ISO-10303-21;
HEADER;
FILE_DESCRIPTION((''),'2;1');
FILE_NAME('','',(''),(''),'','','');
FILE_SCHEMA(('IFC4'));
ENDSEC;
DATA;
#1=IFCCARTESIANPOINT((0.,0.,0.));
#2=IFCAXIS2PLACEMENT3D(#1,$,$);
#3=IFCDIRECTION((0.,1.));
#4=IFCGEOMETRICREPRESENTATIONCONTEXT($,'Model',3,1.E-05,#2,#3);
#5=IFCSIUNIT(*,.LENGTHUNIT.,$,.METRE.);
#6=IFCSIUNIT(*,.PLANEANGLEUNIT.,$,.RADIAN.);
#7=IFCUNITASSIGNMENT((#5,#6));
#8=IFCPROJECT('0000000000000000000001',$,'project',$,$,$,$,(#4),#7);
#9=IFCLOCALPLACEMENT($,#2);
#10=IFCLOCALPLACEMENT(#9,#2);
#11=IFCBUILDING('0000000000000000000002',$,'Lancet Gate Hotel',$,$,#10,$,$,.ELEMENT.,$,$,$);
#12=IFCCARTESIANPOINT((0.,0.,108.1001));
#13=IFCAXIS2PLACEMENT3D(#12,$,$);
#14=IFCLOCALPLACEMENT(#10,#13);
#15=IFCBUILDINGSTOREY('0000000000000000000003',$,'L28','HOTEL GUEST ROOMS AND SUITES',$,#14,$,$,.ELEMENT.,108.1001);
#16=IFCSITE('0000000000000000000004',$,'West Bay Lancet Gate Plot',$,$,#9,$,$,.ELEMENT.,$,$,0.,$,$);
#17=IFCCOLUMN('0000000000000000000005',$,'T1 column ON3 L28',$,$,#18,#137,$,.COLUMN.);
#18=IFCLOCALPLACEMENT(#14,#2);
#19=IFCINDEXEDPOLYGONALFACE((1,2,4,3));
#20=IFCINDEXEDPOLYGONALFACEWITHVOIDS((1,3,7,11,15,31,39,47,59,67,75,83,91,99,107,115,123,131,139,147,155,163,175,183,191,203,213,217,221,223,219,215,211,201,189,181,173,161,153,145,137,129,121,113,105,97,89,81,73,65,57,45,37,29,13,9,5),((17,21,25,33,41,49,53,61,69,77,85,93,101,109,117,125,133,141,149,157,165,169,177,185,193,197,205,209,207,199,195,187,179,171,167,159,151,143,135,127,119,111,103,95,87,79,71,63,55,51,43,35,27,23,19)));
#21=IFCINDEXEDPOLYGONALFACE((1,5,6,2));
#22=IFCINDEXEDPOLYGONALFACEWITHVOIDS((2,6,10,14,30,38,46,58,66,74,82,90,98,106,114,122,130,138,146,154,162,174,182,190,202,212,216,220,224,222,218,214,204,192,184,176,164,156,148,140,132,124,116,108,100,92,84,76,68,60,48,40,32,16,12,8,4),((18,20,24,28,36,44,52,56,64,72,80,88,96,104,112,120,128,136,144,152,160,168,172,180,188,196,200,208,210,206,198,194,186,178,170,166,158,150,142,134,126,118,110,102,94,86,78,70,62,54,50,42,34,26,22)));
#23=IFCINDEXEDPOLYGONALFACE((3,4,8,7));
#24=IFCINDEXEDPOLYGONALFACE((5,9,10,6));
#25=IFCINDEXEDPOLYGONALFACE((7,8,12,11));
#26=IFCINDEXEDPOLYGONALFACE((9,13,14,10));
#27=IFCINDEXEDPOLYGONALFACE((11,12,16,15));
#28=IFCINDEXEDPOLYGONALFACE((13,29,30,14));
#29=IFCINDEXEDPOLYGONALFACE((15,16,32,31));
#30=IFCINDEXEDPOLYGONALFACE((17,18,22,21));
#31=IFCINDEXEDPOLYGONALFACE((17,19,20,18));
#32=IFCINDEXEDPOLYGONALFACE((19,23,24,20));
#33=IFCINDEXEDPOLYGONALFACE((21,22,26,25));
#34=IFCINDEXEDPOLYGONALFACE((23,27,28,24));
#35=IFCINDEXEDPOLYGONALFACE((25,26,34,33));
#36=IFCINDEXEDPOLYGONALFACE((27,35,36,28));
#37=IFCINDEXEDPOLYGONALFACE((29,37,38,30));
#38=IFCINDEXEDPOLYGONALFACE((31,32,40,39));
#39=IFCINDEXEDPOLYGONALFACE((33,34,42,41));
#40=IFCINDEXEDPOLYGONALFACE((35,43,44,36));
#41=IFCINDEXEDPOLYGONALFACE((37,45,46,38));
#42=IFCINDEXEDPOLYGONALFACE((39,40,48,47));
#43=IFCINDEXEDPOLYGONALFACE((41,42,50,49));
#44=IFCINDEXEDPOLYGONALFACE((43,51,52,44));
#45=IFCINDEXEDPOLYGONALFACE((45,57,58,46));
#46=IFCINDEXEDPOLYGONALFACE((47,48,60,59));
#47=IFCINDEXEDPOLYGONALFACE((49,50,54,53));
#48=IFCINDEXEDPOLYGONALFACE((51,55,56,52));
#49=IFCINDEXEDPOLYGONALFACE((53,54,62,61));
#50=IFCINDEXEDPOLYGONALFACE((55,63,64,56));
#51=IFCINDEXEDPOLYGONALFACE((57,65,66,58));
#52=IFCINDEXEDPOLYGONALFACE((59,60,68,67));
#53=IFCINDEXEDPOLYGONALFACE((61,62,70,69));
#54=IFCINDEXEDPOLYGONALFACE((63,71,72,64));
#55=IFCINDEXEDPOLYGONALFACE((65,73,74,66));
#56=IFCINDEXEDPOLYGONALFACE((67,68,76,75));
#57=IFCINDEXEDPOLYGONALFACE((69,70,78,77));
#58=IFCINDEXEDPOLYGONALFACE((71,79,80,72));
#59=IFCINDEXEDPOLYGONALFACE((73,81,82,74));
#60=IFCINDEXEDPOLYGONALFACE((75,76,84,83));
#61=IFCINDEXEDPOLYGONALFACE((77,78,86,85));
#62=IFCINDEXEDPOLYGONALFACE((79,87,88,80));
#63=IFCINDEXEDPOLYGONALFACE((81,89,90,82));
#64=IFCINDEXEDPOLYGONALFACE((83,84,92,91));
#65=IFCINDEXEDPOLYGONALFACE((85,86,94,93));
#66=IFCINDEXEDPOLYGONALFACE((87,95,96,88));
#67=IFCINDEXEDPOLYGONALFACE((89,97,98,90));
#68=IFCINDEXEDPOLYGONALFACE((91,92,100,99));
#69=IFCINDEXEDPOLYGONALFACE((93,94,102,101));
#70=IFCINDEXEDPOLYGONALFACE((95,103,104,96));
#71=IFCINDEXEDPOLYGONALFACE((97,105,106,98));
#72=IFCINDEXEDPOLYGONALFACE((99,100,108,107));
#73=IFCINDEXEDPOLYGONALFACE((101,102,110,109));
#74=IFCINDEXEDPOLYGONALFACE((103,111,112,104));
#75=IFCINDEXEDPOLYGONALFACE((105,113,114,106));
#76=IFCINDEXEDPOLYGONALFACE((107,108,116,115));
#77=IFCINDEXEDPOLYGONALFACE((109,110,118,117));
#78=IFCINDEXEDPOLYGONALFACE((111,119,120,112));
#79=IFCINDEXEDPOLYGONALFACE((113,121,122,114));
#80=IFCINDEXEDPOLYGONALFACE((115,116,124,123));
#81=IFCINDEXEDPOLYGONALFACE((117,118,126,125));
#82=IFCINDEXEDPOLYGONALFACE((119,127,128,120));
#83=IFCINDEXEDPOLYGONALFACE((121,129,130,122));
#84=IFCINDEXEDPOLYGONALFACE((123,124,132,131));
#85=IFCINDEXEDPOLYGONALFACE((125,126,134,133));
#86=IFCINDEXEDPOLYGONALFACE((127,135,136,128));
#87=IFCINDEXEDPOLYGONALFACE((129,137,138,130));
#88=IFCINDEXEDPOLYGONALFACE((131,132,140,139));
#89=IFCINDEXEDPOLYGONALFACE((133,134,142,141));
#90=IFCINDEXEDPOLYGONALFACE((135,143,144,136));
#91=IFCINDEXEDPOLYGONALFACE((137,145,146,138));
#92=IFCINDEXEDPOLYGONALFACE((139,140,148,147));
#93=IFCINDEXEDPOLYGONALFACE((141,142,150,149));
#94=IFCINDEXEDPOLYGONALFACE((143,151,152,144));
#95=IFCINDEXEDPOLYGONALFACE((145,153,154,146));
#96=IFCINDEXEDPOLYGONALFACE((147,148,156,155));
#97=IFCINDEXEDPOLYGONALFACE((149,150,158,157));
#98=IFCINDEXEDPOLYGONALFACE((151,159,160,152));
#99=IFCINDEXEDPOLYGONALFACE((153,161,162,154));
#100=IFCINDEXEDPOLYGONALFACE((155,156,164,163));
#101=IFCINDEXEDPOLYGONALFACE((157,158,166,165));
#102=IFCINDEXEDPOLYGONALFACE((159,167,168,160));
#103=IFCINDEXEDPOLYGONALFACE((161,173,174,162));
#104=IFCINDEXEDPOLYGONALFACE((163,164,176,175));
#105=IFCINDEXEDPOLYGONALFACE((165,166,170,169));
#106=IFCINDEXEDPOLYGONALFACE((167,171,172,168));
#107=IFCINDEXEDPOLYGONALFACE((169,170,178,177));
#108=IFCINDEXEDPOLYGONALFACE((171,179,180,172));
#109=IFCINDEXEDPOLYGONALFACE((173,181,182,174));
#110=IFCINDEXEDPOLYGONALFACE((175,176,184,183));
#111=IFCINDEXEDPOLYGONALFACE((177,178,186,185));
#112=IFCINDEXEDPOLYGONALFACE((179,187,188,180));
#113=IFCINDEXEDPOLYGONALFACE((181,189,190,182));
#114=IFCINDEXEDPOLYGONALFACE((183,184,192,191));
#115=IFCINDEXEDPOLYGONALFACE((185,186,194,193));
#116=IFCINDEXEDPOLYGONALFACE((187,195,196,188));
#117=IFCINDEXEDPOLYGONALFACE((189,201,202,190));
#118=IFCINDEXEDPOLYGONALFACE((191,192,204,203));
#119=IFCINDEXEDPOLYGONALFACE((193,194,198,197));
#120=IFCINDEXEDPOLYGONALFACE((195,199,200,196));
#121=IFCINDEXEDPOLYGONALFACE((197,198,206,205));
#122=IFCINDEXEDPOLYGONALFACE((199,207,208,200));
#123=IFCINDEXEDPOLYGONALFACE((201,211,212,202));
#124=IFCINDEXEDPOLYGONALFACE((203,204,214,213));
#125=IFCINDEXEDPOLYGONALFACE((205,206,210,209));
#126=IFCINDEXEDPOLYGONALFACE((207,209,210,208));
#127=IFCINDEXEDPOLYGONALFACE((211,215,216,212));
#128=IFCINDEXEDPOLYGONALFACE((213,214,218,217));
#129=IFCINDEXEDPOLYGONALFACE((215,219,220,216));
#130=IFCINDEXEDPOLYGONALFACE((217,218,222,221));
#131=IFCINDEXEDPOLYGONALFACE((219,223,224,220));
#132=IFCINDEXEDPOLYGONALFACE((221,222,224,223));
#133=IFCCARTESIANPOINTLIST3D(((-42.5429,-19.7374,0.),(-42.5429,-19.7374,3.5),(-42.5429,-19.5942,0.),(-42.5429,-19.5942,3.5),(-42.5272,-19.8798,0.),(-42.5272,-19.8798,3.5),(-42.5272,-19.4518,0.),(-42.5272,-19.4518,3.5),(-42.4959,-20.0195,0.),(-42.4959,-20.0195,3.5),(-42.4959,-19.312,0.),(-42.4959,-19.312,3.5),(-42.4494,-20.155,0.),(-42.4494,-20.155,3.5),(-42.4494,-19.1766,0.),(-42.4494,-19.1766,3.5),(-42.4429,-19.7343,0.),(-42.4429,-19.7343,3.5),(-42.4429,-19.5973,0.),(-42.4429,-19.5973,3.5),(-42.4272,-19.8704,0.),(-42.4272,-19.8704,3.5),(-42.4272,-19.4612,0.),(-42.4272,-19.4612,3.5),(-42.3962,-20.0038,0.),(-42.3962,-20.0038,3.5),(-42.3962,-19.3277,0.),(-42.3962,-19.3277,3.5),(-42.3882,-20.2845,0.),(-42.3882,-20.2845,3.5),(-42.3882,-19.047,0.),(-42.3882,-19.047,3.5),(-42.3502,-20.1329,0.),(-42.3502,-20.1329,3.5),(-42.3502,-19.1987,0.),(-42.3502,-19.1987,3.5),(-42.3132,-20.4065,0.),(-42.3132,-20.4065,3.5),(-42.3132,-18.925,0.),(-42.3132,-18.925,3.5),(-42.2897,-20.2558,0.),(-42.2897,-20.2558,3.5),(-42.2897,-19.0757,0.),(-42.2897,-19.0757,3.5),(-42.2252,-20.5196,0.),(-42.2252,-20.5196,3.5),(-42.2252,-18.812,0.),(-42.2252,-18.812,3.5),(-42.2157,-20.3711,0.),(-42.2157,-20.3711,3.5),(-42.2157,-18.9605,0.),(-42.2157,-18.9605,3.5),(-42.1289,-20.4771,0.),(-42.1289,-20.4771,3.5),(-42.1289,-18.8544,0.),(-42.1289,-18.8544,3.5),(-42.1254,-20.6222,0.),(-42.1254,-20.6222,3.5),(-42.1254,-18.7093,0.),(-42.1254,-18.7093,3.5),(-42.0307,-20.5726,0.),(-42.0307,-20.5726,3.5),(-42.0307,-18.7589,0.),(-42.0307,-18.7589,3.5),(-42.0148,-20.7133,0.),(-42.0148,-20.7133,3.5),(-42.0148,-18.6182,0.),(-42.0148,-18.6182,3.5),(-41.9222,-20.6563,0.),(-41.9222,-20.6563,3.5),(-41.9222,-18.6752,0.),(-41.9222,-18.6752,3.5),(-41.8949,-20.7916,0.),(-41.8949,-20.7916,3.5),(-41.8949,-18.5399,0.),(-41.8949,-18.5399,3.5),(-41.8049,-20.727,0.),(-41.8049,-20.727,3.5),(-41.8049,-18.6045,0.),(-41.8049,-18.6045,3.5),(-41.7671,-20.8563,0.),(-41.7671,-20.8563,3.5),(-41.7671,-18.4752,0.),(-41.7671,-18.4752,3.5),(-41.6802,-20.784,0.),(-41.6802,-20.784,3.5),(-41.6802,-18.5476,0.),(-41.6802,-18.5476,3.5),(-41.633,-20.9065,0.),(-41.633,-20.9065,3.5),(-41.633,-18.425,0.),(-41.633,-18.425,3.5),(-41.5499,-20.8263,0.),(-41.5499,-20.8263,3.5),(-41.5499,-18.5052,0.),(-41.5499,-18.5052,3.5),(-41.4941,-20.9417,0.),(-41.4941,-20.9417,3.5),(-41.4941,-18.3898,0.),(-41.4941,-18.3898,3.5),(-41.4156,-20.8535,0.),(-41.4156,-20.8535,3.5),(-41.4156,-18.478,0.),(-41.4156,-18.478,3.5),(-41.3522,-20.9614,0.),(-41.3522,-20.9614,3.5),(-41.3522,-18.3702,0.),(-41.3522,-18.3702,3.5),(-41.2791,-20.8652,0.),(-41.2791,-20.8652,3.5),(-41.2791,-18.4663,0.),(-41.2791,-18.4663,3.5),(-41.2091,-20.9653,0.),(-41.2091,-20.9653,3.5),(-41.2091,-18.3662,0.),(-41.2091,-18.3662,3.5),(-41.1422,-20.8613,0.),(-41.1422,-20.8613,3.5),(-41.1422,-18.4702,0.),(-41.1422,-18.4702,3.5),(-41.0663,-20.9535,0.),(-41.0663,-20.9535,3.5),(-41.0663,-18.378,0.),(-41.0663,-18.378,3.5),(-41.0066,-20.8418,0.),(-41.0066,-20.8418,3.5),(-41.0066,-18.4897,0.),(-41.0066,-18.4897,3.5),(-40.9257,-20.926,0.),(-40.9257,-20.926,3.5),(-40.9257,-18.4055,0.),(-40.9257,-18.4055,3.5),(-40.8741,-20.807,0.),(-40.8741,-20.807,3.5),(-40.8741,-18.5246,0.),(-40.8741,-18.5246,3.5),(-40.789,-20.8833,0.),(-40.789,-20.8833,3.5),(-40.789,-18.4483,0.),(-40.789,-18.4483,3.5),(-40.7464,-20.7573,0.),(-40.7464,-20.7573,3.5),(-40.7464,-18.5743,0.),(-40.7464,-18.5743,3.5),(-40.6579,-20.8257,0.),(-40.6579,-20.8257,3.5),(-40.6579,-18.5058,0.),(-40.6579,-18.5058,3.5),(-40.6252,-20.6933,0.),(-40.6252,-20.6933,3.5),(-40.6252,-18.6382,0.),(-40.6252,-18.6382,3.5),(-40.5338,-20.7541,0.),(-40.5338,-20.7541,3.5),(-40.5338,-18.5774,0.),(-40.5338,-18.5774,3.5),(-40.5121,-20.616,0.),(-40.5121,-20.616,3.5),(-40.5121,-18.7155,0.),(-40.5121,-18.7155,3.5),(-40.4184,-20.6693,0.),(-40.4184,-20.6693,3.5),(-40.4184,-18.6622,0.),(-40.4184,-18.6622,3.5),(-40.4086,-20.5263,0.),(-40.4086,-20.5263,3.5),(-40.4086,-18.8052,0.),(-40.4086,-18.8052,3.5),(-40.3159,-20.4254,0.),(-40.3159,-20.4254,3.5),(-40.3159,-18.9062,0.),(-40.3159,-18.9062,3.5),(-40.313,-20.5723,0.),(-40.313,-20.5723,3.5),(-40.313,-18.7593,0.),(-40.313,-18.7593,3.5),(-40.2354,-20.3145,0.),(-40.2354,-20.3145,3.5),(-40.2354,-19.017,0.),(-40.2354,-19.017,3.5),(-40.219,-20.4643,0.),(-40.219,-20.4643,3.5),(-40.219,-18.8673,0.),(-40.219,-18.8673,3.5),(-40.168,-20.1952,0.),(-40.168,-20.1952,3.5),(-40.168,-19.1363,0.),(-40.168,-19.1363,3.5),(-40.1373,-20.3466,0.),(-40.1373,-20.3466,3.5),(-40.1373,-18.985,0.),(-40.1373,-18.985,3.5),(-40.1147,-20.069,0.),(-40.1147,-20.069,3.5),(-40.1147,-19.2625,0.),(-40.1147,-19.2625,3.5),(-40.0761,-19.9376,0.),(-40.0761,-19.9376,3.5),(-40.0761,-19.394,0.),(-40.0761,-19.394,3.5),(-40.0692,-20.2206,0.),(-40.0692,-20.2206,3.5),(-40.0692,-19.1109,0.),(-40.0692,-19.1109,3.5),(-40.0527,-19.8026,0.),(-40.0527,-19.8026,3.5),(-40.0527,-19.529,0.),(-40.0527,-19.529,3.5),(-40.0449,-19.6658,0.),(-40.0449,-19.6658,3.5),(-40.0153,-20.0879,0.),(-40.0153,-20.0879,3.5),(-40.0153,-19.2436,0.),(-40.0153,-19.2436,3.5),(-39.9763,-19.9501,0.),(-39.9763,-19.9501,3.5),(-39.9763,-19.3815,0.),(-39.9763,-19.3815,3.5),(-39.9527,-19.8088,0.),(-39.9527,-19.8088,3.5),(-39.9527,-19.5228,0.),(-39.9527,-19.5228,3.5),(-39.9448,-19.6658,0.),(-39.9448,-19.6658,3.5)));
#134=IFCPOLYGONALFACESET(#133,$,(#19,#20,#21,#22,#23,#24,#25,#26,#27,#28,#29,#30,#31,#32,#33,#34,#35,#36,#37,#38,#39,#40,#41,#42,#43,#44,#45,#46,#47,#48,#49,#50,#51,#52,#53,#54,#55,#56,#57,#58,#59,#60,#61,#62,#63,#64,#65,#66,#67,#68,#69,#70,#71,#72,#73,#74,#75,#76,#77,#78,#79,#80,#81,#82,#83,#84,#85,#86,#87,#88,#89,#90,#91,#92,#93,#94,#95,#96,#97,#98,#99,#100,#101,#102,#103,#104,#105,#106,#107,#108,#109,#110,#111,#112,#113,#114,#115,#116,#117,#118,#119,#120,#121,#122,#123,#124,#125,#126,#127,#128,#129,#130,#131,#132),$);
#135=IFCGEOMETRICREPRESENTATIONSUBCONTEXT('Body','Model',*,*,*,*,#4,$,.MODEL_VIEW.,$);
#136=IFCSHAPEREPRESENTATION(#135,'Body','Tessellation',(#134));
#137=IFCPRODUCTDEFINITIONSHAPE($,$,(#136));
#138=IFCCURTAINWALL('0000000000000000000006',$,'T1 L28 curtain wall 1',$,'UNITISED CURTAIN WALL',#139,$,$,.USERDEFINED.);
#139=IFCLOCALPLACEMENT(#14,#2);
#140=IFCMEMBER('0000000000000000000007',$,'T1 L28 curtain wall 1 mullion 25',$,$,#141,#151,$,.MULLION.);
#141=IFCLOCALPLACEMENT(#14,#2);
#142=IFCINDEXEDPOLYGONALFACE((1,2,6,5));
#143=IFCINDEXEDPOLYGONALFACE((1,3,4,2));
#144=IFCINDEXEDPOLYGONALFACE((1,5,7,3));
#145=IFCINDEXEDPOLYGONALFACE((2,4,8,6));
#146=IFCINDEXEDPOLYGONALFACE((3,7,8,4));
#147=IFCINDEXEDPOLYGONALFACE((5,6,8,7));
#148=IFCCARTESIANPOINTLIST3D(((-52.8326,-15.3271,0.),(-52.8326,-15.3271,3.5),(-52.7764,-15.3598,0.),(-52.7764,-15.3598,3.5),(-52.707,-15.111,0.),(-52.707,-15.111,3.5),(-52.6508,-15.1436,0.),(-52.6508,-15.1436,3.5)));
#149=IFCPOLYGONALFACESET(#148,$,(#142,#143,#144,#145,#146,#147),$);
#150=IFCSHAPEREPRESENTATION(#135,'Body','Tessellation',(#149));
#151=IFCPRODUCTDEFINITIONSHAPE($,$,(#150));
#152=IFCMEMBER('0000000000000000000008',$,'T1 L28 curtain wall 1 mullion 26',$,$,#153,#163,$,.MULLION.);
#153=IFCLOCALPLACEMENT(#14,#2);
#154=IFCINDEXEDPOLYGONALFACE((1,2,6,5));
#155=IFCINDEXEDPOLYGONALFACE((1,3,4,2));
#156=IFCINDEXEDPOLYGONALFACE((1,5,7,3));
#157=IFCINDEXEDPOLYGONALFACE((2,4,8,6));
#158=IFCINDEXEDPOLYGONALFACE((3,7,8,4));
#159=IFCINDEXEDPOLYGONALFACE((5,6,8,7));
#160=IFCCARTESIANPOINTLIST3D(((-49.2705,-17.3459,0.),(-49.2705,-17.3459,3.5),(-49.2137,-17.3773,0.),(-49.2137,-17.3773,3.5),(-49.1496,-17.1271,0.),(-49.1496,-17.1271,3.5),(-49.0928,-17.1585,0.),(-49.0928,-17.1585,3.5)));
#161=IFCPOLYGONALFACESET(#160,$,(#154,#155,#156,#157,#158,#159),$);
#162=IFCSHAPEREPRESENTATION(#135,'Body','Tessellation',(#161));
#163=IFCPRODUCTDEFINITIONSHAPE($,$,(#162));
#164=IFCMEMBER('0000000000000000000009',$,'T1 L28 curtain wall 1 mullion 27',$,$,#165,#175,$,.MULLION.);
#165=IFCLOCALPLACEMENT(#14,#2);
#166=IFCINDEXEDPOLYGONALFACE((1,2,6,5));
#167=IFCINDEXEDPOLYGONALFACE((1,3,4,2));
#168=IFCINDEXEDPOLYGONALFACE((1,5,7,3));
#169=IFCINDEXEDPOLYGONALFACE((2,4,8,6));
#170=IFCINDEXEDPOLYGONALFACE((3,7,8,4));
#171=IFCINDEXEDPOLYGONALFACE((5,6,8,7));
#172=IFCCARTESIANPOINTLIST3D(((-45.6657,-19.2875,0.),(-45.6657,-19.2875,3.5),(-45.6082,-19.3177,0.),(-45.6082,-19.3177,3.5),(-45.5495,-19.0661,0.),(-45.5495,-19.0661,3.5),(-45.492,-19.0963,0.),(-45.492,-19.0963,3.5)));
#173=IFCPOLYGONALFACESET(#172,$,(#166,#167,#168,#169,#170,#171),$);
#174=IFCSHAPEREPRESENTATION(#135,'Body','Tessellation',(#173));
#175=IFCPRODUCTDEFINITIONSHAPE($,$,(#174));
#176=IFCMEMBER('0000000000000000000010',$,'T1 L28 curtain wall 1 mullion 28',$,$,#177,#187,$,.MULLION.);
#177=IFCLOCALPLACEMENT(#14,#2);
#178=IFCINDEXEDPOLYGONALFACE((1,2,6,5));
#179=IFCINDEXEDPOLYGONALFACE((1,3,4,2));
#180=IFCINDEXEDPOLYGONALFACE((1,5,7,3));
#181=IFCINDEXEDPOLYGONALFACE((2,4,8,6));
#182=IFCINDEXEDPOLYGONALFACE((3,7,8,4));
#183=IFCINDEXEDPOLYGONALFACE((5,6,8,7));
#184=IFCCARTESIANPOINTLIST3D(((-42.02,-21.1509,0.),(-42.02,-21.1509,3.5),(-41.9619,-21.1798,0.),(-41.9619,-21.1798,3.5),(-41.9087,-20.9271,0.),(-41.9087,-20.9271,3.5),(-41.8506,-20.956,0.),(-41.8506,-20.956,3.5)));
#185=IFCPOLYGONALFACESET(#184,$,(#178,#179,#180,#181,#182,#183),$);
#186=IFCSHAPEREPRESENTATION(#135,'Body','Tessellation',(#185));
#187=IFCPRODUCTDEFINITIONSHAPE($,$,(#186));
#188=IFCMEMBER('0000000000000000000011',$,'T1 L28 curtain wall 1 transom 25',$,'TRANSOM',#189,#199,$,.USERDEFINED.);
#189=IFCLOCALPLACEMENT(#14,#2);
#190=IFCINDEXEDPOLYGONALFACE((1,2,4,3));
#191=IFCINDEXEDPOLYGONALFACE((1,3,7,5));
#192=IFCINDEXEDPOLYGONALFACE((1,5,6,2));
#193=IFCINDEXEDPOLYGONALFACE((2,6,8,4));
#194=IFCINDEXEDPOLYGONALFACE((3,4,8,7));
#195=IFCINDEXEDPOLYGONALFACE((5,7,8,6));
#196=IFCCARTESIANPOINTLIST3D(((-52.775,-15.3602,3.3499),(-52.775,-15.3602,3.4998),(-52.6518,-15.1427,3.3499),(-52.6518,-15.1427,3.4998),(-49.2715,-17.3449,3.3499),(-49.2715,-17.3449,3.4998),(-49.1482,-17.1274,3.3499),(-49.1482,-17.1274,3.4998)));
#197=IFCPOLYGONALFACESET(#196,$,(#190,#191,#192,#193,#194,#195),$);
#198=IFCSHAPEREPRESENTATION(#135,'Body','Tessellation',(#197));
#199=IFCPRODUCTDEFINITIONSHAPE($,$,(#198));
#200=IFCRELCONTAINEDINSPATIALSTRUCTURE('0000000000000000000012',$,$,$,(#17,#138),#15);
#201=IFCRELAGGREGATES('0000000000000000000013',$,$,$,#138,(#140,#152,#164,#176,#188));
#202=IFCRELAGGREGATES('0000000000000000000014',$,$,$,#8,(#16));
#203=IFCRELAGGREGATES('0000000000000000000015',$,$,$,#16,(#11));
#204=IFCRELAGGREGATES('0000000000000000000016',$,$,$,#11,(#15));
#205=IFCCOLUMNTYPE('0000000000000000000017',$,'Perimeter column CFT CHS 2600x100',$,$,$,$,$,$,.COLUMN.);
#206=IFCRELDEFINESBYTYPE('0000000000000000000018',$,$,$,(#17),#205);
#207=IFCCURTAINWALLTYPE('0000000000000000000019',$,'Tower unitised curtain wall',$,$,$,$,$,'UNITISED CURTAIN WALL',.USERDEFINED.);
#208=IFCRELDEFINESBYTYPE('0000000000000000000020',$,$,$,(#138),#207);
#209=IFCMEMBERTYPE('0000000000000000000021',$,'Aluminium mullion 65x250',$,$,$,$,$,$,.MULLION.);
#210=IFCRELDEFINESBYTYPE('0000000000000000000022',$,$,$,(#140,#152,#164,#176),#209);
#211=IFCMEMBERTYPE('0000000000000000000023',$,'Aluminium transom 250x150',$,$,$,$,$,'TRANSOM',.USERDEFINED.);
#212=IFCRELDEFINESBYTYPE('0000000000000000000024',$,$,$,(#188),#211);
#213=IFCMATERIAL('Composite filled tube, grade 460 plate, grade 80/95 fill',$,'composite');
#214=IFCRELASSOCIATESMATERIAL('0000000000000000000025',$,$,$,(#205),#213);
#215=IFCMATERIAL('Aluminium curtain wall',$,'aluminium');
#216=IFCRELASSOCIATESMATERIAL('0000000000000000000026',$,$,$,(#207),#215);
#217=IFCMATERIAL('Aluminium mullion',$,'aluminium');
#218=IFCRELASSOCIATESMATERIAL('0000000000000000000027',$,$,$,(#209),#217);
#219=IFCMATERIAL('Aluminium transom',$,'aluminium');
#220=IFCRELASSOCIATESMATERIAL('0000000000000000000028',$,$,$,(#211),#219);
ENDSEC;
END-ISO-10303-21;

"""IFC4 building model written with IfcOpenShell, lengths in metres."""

from ifc_helpers import new_model, si_unit, direction, frame, origin, origin_2d, place, context, subcontext, project, spatial, rectangle, hollow_circle, extrude, material, material_profile, profile_set, type_object, element, aggregate, save


model = new_model("IFC4")

# Units and contexts
model_context = context("Model", 3, precision=1e-05, world=origin(), true_north=direction((0.0, 1.0)))
body_context = subcontext(model_context, "Body", "Model", "MODEL_VIEW")
ifc_project = project(units=[si_unit("LENGTHUNIT", "METRE"), si_unit("PLANEANGLEUNIT", "RADIAN")], contexts=[model_context])

# Site, building, storey
site_placement = place(None, origin())
site = spatial("IfcSite", under=ifc_project, at=site_placement, Name="West Bay Lancet Gate Plot", CompositionType="ELEMENT", RefElevation=0.0)
building_placement = place(site_placement, origin())
building = spatial("IfcBuilding", under=site, at=building_placement, Name="Lancet Gate Hotel", CompositionType="ELEMENT")
storey_placement = place(building_placement, frame((0.0, 0.0, 108.1001)))
storey = spatial("IfcBuildingStorey", under=building, at=storey_placement, Name="L28", Description="HOTEL GUEST ROOMS AND SUITES", CompositionType="ELEMENT", Elevation=108.1001)

# Column
ifc_material_1 = material(Name="Composite filled tube, grade 460 plate, grade 80/95 fill", Category="composite")
ifc_material_profile_1 = material_profile(ifc_material_1, hollow_circle(Radius=1.3, WallThickness=0.1001, at=origin_2d()), Name="CHS 2600x100")
ifc_profile_set_1 = profile_set([ifc_material_profile_1], Name="Composite filled tube, grade 460 plate, grade 80/95 fill")
column_type = type_object("IfcColumnType", Name="Perimeter column CFT CHS 2600x100", PredefinedType="COLUMN", material=ifc_profile_set_1)
for number, where, z_axis, x_axis, name in (
    (1, (-41.2449, -19.6658, 0.0), (0.0, 0.0, 1.0), (1.0, 0.0, 0.0), "T1 column ON3 L28"),
):
    element("IfcColumn", number, at=place(storey_placement, frame(where, z_axis=z_axis, x_axis=x_axis)), inside=storey, type_object=column_type, Name=name, PredefinedType="COLUMN", context=body_context, shape_type="SweptSolid", body=[
        extrude(hollow_circle(Radius=1.3, WallThickness=0.1001, at=origin_2d()), origin(), (0.0, 0.0, 1.0), 3.5),
    ])

# Curtain wall, members
ifc_material_2 = material(Name="Aluminium curtain wall", Category="aluminium")
curtain_wall_type = type_object("IfcCurtainWallType", Name="Tower unitised curtain wall", ElementType="UNITISED CURTAIN WALL", PredefinedType="USERDEFINED", material=ifc_material_2)
curtain_wall_placement = place(storey_placement, origin())
curtain_wall = element("IfcCurtainWall", 2, at=curtain_wall_placement, inside=storey, type_object=curtain_wall_type, Name="T1 L28 curtain wall 1", ObjectType="UNITISED CURTAIN WALL", PredefinedType="USERDEFINED")
ifc_material_3 = material(Name="Aluminium mullion", Category="aluminium")
ifc_material_profile_2 = material_profile(ifc_material_3, rectangle(XDim=0.0649, YDim=0.25, at=origin_2d()), Name="MULLION 65x250")
ifc_profile_set_2 = profile_set([ifc_material_profile_2], Name="Aluminium mullion")
member_type_1 = type_object("IfcMemberType", Name="Aluminium mullion 65x250", PredefinedType="MULLION", material=ifc_profile_set_2)
member_1_placement = place(storey_placement, frame((-52.7417, -15.2354, 0.0), z_axis=(0.0, 0.0, 1.0), x_axis=(0.864728, -0.502241, 0.0)))
member_1 = element("IfcMember", 3, at=member_1_placement, type_object=member_type_1, Name="T1 L28 curtain wall 1 mullion 25", PredefinedType="MULLION", context=body_context, shape_type="SweptSolid", body=[
    extrude(rectangle(XDim=0.0649, YDim=0.25, at=origin_2d()), origin(), (0.0, 0.0, 1.0), 3.5),
])
member_2_placement = place(storey_placement, frame((-49.1816, -17.2522, 0.0), z_axis=(0.0, 0.0, 1.0), x_axis=(0.875339, -0.48351, 0.0)))
member_2 = element("IfcMember", 4, at=member_2_placement, type_object=member_type_1, Name="T1 L28 curtain wall 1 mullion 26", PredefinedType="MULLION", context=body_context, shape_type="SweptSolid", body=[
    extrude(rectangle(XDim=0.0649, YDim=0.25, at=origin_2d()), origin(), (0.0, 0.0, 1.0), 3.5),
])
member_3_placement = place(storey_placement, frame((-45.5789, -19.1919, 0.0), z_axis=(0.0, 0.0, 1.0), x_axis=(0.885544, -0.464555, 0.0)))
member_3 = element("IfcMember", 5, at=member_3_placement, type_object=member_type_1, Name="T1 L28 curtain wall 1 mullion 27", PredefinedType="MULLION", context=body_context, shape_type="SweptSolid", body=[
    extrude(rectangle(XDim=0.0649, YDim=0.25, at=origin_2d()), origin(), (0.0, 0.0, 1.0), 3.5),
])
member_4_placement = place(storey_placement, frame((-41.9353, -21.0535, 0.0), z_axis=(0.0, 0.0, 1.0), x_axis=(0.895339, -0.445384, 0.0)))
member_4 = element("IfcMember", 6, at=member_4_placement, type_object=member_type_1, Name="T1 L28 curtain wall 1 mullion 28", PredefinedType="MULLION", context=body_context, shape_type="SweptSolid", body=[
    extrude(rectangle(XDim=0.0649, YDim=0.25, at=origin_2d()), origin(), (0.0, 0.0, 1.0), 3.5),
])
ifc_material_4 = material(Name="Aluminium transom", Category="aluminium")
ifc_material_profile_3 = material_profile(ifc_material_4, rectangle(XDim=0.25, YDim=0.1499, at=origin_2d()), Name="TRANSOM 250x150")
ifc_profile_set_3 = profile_set([ifc_material_profile_3], Name="Aluminium transom")
member_type_2 = type_object("IfcMemberType", Name="Aluminium transom 250x150", ElementType="TRANSOM", PredefinedType="USERDEFINED", material=ifc_profile_set_3)
member_5_placement = place(storey_placement, frame((-52.7134, -15.2515, 3.4248), z_axis=(0.870092, -0.49289, 0.0), x_axis=(0.49289, 0.870092, 0.0)))
member_5 = element("IfcMember", 7, at=member_5_placement, type_object=member_type_2, Name="T1 L28 curtain wall 1 transom 25", ObjectType="TRANSOM", PredefinedType="USERDEFINED", context=body_context, shape_type="SweptSolid", body=[
    extrude(rectangle(XDim=0.25, YDim=0.1499, at=origin_2d()), origin(), (0.0, 0.0, 1.0), 4.0266),
])

aggregate(curtain_wall, [member_1, member_2, member_3, member_4, member_5])

save(model, "model.ifc")
